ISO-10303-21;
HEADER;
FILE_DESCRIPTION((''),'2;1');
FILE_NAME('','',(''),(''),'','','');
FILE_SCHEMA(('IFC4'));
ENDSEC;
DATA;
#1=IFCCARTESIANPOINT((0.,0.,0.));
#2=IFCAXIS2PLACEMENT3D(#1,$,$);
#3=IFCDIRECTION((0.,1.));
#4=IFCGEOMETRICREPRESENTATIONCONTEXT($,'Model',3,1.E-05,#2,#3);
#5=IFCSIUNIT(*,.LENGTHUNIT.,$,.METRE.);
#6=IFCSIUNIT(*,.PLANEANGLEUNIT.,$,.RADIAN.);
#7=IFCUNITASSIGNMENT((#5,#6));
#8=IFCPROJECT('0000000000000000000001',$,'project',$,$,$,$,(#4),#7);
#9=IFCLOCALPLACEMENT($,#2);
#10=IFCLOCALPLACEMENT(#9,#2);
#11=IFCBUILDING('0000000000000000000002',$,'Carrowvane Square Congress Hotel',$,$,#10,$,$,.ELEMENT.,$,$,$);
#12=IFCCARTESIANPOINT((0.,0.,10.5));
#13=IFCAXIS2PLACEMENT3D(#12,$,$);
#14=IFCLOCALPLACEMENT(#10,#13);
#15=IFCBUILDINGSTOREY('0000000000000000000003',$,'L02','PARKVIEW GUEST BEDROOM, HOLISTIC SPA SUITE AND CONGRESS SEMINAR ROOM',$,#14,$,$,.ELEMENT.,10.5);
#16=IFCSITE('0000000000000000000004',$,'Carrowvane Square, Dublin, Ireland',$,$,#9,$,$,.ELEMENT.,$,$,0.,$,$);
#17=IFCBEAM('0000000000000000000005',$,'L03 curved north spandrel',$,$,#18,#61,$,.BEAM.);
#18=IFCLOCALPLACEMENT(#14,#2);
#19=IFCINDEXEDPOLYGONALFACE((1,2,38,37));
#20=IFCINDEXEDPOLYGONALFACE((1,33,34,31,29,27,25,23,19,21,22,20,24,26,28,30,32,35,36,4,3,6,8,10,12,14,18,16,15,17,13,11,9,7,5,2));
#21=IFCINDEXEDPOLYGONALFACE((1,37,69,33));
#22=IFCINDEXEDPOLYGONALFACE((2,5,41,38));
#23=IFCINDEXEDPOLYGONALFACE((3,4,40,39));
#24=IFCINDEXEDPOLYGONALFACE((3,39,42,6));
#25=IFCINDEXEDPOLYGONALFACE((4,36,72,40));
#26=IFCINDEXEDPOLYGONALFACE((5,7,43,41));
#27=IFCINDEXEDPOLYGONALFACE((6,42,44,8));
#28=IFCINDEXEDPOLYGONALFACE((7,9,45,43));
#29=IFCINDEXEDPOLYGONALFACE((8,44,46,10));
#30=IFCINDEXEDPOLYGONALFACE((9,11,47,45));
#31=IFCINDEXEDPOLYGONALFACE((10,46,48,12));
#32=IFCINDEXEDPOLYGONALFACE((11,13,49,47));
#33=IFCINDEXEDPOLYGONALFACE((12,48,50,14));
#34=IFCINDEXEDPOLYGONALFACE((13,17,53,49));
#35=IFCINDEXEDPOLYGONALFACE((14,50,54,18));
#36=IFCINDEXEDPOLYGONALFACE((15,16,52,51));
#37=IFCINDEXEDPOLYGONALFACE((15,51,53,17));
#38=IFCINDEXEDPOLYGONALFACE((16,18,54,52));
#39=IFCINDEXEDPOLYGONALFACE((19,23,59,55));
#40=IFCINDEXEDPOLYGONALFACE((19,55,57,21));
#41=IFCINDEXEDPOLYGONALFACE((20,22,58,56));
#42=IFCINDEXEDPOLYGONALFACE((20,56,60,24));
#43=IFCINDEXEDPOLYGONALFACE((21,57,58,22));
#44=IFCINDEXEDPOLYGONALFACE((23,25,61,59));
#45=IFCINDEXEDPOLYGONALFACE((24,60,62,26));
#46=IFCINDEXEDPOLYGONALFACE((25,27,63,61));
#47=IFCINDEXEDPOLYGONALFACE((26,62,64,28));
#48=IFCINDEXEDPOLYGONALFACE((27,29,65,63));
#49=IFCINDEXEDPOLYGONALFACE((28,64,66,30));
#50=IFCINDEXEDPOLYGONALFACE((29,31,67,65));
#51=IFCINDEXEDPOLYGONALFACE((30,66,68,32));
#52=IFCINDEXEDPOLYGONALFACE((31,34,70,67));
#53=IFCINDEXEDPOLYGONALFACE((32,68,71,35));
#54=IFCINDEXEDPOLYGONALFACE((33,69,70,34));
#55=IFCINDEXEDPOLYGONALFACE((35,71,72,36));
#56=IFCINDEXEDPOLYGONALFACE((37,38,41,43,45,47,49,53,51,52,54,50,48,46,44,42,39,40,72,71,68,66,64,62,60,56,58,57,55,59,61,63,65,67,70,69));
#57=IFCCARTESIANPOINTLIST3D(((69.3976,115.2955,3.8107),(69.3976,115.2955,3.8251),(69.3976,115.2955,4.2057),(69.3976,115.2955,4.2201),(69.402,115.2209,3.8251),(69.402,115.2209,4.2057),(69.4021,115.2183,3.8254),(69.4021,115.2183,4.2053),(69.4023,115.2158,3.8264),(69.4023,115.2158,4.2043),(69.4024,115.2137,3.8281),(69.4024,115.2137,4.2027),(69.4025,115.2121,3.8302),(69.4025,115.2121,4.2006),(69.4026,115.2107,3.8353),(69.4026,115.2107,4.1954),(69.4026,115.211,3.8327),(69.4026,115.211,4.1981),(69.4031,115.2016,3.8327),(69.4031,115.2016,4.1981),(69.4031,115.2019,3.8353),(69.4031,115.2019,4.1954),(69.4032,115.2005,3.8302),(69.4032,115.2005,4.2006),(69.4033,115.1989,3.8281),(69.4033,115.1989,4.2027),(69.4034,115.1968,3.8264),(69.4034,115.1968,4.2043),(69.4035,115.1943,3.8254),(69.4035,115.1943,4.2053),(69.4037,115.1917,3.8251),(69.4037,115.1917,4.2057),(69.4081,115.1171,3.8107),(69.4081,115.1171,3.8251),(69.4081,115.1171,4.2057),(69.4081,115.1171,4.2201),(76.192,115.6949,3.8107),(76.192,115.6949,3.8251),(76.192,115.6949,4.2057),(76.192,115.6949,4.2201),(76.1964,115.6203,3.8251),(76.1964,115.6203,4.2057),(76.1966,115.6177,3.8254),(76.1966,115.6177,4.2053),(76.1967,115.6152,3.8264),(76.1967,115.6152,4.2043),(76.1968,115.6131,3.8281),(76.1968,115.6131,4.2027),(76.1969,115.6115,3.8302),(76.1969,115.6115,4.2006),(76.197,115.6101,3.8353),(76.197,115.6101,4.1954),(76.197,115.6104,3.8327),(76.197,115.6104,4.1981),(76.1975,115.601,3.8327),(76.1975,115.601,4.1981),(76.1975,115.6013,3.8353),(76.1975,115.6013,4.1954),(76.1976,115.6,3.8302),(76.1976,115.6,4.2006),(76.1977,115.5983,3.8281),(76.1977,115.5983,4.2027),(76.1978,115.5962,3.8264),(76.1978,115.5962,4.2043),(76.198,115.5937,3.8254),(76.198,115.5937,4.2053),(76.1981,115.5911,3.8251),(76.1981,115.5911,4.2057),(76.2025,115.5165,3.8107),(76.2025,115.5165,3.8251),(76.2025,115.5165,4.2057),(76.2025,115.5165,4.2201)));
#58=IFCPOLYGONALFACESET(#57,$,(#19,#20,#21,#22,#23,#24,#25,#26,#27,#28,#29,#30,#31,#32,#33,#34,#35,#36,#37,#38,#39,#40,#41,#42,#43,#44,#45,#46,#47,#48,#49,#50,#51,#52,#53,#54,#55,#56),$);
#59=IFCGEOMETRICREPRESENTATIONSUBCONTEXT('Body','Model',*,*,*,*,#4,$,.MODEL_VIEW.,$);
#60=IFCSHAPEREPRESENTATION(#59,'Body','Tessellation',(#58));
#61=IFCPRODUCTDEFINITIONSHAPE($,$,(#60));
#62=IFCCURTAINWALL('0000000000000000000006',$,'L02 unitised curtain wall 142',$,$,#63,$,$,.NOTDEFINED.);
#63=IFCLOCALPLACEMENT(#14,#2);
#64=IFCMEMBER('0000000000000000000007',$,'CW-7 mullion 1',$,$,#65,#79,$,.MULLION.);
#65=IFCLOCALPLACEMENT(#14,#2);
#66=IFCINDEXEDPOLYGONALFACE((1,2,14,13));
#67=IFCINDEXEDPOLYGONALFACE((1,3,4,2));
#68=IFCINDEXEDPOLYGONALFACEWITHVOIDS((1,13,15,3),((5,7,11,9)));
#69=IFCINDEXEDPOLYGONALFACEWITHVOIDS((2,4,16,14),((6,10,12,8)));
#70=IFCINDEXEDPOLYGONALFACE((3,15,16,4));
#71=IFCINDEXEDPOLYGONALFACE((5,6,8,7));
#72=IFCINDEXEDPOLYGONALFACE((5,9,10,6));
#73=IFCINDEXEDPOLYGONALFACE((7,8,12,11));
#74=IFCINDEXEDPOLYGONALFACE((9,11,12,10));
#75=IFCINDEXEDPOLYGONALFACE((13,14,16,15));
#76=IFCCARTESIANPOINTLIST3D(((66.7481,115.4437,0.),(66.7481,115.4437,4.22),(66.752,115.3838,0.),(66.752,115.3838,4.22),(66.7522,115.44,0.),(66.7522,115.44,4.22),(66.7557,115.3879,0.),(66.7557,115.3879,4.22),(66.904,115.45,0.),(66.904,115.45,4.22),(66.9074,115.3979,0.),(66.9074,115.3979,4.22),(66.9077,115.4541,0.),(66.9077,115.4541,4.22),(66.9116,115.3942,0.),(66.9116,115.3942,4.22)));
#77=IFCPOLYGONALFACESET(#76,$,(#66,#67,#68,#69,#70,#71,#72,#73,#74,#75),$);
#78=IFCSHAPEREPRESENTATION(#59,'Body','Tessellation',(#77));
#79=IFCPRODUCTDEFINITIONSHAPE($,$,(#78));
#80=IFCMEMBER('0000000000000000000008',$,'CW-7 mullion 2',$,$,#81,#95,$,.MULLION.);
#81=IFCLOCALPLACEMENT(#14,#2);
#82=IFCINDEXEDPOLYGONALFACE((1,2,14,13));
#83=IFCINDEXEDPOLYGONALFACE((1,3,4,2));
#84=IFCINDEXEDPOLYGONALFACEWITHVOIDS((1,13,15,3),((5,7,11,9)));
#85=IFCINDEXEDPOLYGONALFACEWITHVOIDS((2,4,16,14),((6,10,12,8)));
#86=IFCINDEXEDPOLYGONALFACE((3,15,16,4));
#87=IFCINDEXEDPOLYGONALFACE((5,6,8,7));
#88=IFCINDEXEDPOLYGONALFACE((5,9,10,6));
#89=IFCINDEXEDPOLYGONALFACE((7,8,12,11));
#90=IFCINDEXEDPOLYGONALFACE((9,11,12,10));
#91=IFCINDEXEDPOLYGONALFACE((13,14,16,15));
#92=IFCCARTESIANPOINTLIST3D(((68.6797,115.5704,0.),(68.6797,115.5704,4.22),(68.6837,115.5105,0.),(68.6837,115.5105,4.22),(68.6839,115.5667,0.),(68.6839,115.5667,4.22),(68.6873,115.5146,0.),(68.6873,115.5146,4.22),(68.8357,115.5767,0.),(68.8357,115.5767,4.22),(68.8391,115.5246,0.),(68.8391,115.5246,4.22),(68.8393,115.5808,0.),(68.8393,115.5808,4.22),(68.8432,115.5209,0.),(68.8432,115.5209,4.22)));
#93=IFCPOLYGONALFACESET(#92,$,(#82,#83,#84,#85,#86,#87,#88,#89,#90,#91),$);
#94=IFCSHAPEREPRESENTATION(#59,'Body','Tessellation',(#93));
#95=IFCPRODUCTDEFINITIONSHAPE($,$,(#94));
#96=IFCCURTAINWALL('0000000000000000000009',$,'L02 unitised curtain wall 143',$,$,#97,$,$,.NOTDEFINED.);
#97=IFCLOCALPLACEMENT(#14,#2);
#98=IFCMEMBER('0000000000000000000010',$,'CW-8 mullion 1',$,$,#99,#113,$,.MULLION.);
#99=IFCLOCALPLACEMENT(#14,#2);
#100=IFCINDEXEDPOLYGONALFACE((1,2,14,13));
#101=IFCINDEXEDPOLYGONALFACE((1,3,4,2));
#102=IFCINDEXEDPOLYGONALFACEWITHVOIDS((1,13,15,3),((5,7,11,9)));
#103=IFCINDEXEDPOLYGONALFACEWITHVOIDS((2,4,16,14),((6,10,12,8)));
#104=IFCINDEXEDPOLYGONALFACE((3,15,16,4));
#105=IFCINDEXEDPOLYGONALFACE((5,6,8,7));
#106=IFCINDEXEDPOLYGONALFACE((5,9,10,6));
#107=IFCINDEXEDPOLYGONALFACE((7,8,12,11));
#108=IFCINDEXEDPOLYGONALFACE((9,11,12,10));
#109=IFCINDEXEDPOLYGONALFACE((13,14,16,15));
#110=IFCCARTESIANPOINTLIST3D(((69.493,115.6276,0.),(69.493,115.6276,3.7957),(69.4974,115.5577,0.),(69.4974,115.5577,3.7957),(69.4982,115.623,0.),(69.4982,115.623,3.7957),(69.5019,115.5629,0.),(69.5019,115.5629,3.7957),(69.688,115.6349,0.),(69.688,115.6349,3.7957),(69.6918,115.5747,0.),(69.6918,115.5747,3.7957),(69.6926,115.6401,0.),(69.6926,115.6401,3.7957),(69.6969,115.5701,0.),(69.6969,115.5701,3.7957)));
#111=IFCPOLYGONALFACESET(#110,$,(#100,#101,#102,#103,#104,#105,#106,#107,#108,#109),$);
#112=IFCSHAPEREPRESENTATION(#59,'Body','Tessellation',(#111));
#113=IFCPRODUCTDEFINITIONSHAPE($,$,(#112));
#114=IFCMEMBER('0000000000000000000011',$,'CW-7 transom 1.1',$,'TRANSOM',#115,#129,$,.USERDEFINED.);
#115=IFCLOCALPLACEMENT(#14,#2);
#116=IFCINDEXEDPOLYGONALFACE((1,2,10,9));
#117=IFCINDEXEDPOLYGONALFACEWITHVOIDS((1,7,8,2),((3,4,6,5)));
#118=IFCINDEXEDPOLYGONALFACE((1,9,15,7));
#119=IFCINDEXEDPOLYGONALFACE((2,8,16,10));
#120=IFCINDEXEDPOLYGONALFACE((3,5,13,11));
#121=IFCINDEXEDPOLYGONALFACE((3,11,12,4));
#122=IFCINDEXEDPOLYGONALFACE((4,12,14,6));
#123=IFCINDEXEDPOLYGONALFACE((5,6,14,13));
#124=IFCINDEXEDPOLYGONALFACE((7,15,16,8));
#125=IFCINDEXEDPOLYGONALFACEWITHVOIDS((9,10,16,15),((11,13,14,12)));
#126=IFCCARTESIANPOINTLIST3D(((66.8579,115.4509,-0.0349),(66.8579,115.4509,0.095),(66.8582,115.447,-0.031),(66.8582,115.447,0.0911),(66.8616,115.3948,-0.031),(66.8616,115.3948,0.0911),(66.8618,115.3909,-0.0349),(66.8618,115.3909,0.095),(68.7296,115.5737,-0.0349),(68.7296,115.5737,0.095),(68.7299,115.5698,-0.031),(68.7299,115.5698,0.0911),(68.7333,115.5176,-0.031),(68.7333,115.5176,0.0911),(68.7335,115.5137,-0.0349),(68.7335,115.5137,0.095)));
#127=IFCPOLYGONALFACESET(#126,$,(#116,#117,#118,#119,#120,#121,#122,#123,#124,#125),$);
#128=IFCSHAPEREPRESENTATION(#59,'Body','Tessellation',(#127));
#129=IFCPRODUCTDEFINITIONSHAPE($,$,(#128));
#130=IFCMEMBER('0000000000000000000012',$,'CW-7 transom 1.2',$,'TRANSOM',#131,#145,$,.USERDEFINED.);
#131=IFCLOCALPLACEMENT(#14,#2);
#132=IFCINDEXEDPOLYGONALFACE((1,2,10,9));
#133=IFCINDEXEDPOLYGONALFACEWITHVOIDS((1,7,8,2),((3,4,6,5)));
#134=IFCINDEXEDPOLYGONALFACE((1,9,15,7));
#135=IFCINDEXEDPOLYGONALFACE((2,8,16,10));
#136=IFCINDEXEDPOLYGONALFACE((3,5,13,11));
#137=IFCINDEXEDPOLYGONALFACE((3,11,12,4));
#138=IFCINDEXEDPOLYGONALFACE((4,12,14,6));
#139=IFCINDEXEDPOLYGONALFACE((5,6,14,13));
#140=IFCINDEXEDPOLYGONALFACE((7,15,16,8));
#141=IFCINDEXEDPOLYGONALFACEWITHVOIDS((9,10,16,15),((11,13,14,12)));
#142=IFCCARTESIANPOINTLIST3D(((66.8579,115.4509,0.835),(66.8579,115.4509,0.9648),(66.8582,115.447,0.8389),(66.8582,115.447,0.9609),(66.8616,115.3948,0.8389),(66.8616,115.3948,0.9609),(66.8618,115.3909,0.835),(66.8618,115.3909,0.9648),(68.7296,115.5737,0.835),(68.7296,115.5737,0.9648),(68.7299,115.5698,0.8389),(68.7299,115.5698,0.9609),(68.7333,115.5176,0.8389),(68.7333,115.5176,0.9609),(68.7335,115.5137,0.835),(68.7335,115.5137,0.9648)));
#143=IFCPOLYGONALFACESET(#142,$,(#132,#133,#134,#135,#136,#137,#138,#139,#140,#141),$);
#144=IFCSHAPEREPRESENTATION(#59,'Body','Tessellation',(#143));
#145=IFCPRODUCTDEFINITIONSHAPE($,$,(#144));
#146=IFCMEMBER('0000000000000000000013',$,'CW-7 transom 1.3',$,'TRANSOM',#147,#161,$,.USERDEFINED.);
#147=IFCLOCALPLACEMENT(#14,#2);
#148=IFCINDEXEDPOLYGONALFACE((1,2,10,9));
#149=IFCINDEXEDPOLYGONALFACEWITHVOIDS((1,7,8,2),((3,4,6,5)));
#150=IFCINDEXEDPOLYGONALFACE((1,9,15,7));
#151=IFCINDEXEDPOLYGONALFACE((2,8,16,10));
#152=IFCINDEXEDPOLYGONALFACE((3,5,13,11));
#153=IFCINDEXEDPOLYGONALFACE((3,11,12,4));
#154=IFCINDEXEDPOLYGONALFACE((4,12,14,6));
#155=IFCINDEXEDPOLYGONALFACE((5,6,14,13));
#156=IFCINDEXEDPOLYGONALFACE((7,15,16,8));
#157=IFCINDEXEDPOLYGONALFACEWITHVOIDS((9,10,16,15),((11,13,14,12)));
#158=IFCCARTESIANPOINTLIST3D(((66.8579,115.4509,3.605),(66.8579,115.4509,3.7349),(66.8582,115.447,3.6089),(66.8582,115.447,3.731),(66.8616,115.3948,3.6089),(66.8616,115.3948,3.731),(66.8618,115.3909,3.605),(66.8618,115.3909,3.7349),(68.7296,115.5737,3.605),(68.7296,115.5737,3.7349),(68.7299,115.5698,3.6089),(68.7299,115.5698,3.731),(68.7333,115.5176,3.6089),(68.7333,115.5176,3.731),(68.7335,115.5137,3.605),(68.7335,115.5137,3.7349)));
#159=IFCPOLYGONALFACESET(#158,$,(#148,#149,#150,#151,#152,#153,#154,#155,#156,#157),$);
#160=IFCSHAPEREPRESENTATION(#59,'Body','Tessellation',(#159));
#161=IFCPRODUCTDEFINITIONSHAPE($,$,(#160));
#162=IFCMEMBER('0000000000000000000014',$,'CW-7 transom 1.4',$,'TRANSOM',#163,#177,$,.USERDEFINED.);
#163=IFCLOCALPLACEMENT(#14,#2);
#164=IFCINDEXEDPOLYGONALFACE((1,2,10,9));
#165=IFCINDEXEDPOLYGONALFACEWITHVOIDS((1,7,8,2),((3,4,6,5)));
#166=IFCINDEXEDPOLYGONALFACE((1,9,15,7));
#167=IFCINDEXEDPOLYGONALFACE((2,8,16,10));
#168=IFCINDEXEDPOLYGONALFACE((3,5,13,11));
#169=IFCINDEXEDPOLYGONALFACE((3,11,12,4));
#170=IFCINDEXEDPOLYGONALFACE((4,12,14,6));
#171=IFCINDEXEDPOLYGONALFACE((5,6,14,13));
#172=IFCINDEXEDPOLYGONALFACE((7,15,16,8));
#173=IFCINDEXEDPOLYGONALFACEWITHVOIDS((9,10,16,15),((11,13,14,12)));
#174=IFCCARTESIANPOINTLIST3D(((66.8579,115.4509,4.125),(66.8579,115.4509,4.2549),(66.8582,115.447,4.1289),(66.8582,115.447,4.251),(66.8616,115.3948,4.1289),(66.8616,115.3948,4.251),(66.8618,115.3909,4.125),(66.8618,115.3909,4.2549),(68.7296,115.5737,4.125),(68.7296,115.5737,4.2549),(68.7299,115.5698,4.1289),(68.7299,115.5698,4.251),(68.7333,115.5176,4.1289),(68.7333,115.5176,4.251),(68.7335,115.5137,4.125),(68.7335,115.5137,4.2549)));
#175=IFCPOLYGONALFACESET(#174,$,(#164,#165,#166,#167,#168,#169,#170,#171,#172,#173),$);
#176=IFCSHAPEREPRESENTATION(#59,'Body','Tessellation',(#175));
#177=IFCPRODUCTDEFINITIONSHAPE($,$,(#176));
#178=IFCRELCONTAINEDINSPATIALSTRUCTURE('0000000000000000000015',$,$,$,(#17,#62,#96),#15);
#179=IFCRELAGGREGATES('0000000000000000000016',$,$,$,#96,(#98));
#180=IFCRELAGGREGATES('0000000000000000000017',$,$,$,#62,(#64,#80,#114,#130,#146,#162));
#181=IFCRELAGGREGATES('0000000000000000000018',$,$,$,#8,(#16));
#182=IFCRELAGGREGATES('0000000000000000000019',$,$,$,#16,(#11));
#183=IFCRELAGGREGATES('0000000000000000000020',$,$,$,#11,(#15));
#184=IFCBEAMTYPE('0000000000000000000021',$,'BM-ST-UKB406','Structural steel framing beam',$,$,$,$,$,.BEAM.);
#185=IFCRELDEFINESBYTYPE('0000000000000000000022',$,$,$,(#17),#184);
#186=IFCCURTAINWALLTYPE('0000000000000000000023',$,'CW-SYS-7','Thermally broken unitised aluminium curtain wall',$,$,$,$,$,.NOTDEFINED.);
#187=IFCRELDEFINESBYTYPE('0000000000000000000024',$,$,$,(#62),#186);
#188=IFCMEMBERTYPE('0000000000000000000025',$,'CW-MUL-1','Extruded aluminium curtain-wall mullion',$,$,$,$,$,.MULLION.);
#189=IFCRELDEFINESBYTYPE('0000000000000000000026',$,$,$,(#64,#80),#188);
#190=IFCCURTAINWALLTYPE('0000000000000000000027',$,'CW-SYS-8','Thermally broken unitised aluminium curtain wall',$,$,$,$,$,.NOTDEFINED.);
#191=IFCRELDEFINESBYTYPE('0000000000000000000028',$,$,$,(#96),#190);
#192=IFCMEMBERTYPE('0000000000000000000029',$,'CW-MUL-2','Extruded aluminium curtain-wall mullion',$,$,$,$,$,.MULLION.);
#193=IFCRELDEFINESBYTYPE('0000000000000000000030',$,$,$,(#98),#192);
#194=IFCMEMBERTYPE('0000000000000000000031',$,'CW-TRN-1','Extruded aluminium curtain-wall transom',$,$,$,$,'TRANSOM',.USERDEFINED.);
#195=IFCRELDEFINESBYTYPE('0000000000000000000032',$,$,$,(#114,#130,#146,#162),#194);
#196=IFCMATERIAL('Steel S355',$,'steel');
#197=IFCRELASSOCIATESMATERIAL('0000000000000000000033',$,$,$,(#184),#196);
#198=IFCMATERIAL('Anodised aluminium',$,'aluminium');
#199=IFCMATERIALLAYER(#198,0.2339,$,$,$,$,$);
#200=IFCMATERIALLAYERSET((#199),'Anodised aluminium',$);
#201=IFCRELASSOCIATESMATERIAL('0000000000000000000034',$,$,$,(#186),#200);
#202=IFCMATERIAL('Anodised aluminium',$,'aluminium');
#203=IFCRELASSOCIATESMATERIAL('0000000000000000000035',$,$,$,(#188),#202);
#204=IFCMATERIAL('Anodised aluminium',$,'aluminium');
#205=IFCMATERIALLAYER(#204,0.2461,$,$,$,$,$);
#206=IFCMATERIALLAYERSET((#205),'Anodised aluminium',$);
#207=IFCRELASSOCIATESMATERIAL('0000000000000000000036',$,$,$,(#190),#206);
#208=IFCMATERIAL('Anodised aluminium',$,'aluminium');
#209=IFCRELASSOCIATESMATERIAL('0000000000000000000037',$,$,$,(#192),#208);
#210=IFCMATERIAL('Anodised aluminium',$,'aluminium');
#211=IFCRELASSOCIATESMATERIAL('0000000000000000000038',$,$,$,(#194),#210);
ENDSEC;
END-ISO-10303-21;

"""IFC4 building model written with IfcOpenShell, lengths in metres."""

from ifc_helpers import new_model, si_unit, direction, frame, origin, origin_2d, place, context, subcontext, project, spatial, hollow_rectangle, i_section, extrude, material, layer, layer_set, material_profile, profile_set, type_object, element, aggregate, save


model = new_model("IFC4")

# Units and contexts
model_context = context("Model", 3, precision=1e-05, world=origin(), true_north=direction((0.0, 1.0)))
body_context = subcontext(model_context, "Body", "Model", "MODEL_VIEW")
ifc_project = project(units=[si_unit("LENGTHUNIT", "METRE"), si_unit("PLANEANGLEUNIT", "RADIAN")], contexts=[model_context])

# Site, building, storey
site_placement = place(None, origin())
site = spatial("IfcSite", under=ifc_project, at=site_placement, Name="Carrowvane Square, Dublin, Ireland", CompositionType="ELEMENT", RefElevation=0.0)
building_placement = place(site_placement, origin())
building = spatial("IfcBuilding", under=site, at=building_placement, Name="Carrowvane Square Congress Hotel", CompositionType="ELEMENT")
storey_placement = place(building_placement, frame((0.0, 0.0, 10.5)))
storey = spatial("IfcBuildingStorey", under=building, at=storey_placement, Name="L02", Description="PARKVIEW GUEST BEDROOM, HOLISTIC SPA SUITE AND CONGRESS SEMINAR ROOM", CompositionType="ELEMENT", Elevation=10.5)

# Beam
ifc_material_1 = material(Name="Steel S355", Category="steel")
ifc_material_profile_1 = material_profile(ifc_material_1, i_section(OverallWidth=0.1787, OverallDepth=0.4094, WebThickness=0.0088, FlangeThickness=0.0144, FilletRadius=0.0103, at=origin_2d()), Name="UKB 406x178x67")
ifc_profile_set_1 = profile_set([ifc_material_profile_1], Name="Steel S355")
beam_type_1 = type_object("IfcBeamType", Name="BM-ST-UKB406", Description="Structural steel framing beam", PredefinedType="BEAM", material=ifc_profile_set_1)
beam_1_placement = place(storey_placement, frame((69.4028, 115.2063, 4.0154), z_axis=(0.998277, 0.058684, 0.0), x_axis=(-0.058684, 0.998277, 0.0)))
element("IfcBeam", 1, at=beam_1_placement, inside=storey, type_object=beam_type_1, Name="L03 curved north spandrel", PredefinedType="BEAM", context=body_context, shape_type="SweptSolid", body=[
    extrude(i_section(OverallWidth=0.1787, OverallDepth=0.4094, WebThickness=0.0088, FlangeThickness=0.0144, FilletRadius=0.0103, at=origin_2d()), origin(), (0.0, 0.0, 1.0), 6.8062),
])

# Curtain wall, members
ifc_material_2 = material(Name="Anodised aluminium", Category="aluminium")
ifc_layer_1 = layer(ifc_material_2, 0.2339)
ifc_layer_set_1 = layer_set([ifc_layer_1], Name="Anodised aluminium")
curtain_wall_type_1 = type_object("IfcCurtainWallType", Name="CW-SYS-7", Description="Thermally broken unitised aluminium curtain wall", PredefinedType="NOTDEFINED", material=ifc_layer_set_1)
curtain_wall_1_placement = place(storey_placement, origin())
curtain_wall_1 = element("IfcCurtainWall", 2, at=curtain_wall_1_placement, inside=storey, type_object=curtain_wall_type_1, Name="L02 unitised curtain wall 142", PredefinedType="NOTDEFINED")
ifc_material_3 = material(Name="Anodised aluminium", Category="aluminium")
ifc_material_profile_2 = material_profile(ifc_material_3, hollow_rectangle(XDim=0.0601, YDim=0.1599, WallThickness=0.0039, at=origin_2d()), Name="CW-ML 60x160x4")
ifc_profile_set_2 = profile_set([ifc_material_profile_2], Name="Anodised aluminium")
member_type_1 = type_object("IfcMemberType", Name="CW-MUL-1", Description="Extruded aluminium curtain-wall mullion", PredefinedType="MULLION", material=ifc_profile_set_2)
member_1_placement = place(storey_placement, frame((66.8298, 115.4189, 0.0), z_axis=(0.0, 0.0, 1.0), x_axis=(-0.065412, 0.997858, 0.0)))
member_1 = element("IfcMember", 3, at=member_1_placement, type_object=member_type_1, Name="CW-7 mullion 1", PredefinedType="MULLION", context=body_context, shape_type="SweptSolid", body=[
    extrude(hollow_rectangle(XDim=0.0601, YDim=0.1599, WallThickness=0.0039, at=origin_2d()), origin(), (0.0, 0.0, 1.0), 4.22),
])
member_2_placement = place(storey_placement, frame((68.7615, 115.5457, 0.0), z_axis=(0.0, 0.0, 1.0), x_axis=(-0.065412, 0.997858, 0.0)))
member_2 = element("IfcMember", 4, at=member_2_placement, type_object=member_type_1, Name="CW-7 mullion 2", PredefinedType="MULLION", context=body_context, shape_type="SweptSolid", body=[
    extrude(hollow_rectangle(XDim=0.0601, YDim=0.1599, WallThickness=0.0039, at=origin_2d()), origin(), (0.0, 0.0, 1.0), 4.22),
])

# Curtain wall, member
ifc_material_4 = material(Name="Anodised aluminium", Category="aluminium")
ifc_layer_2 = layer(ifc_material_4, 0.2461)
ifc_layer_set_2 = layer_set([ifc_layer_2], Name="Anodised aluminium")
curtain_wall_type_2 = type_object("IfcCurtainWallType", Name="CW-SYS-8", Description="Thermally broken unitised aluminium curtain wall", PredefinedType="NOTDEFINED", material=ifc_layer_set_2)
curtain_wall_2_placement = place(storey_placement, origin())
curtain_wall_2 = element("IfcCurtainWall", 5, at=curtain_wall_2_placement, inside=storey, type_object=curtain_wall_type_2, Name="L02 unitised curtain wall 143", PredefinedType="NOTDEFINED")
ifc_material_5 = material(Name="Anodised aluminium", Category="aluminium")
ifc_material_profile_3 = material_profile(ifc_material_5, hollow_rectangle(XDim=0.0701, YDim=0.2, WallThickness=0.0049, at=origin_2d()), Name="CW-ML 70x200x5")
ifc_profile_set_3 = profile_set([ifc_material_profile_3], Name="Anodised aluminium")
member_type_2 = type_object("IfcMemberType", Name="CW-MUL-2", Description="Extruded aluminium curtain-wall mullion", PredefinedType="MULLION", material=ifc_profile_set_3)
member_3_placement = place(storey_placement, frame((69.595, 115.5989, 0.0), z_axis=(0.0, 0.0, 1.0), x_axis=(-0.062397, 0.998051, 0.0)))
member_3 = element("IfcMember", 6, at=member_3_placement, type_object=member_type_2, Name="CW-8 mullion 1", PredefinedType="MULLION", context=body_context, shape_type="SweptSolid", body=[
    extrude(hollow_rectangle(XDim=0.0701, YDim=0.2, WallThickness=0.0049, at=origin_2d()), origin(), (0.0, 0.0, 1.0), 3.7957),
])

# Members
ifc_material_6 = material(Name="Anodised aluminium", Category="aluminium")
ifc_material_profile_4 = material_profile(ifc_material_6, hollow_rectangle(XDim=0.0601, YDim=0.1299, WallThickness=0.0039, at=origin_2d()), Name="CW-TR 60x130x4")
ifc_profile_set_4 = profile_set([ifc_material_profile_4], Name="Anodised aluminium")
member_type_3 = type_object("IfcMemberType", Name="CW-TRN-1", Description="Extruded aluminium curtain-wall transom", ElementType="TRANSOM", PredefinedType="USERDEFINED", material=ifc_profile_set_4)
member_4_placement = place(storey_placement, frame((66.8599, 115.4209, 0.03), z_axis=(0.997855, 0.065465, 0.0), x_axis=(-0.065465, 0.997855, 0.0)))
member_4 = element("IfcMember", 7, at=member_4_placement, type_object=member_type_3, Name="CW-7 transom 1.1", ObjectType="TRANSOM", PredefinedType="USERDEFINED", context=body_context, shape_type="SweptSolid", body=[
    extrude(hollow_rectangle(XDim=0.0601, YDim=0.1299, WallThickness=0.0039, at=origin_2d()), origin(), (0.0, 0.0, 1.0), 1.8757),
])
member_5_placement = place(storey_placement, frame((66.8599, 115.4209, 0.8999), z_axis=(0.997855, 0.065465, 0.0), x_axis=(-0.065465, 0.997855, 0.0)))
member_5 = element("IfcMember", 8, at=member_5_placement, type_object=member_type_3, Name="CW-7 transom 1.2", ObjectType="TRANSOM", PredefinedType="USERDEFINED", context=body_context, shape_type="SweptSolid", body=[
    extrude(hollow_rectangle(XDim=0.0601, YDim=0.1299, WallThickness=0.0039, at=origin_2d()), origin(), (0.0, 0.0, 1.0), 1.8757),
])
member_6_placement = place(storey_placement, frame((66.8599, 115.4209, 3.6699), z_axis=(0.997855, 0.065465, 0.0), x_axis=(-0.065465, 0.997855, 0.0)))
member_6 = element("IfcMember", 9, at=member_6_placement, type_object=member_type_3, Name="CW-7 transom 1.3", ObjectType="TRANSOM", PredefinedType="USERDEFINED", context=body_context, shape_type="SweptSolid", body=[
    extrude(hollow_rectangle(XDim=0.0601, YDim=0.1299, WallThickness=0.0039, at=origin_2d()), origin(), (0.0, 0.0, 1.0), 1.8757),
])
member_7_placement = place(storey_placement, frame((66.8599, 115.4209, 4.1899), z_axis=(0.997855, 0.065465, 0.0), x_axis=(-0.065465, 0.997855, 0.0)))
member_7 = element("IfcMember", 10, at=member_7_placement, type_object=member_type_3, Name="CW-7 transom 1.4", ObjectType="TRANSOM", PredefinedType="USERDEFINED", context=body_context, shape_type="SweptSolid", body=[
    extrude(hollow_rectangle(XDim=0.0601, YDim=0.1299, WallThickness=0.0039, at=origin_2d()), origin(), (0.0, 0.0, 1.0), 1.8757),
])
aggregate(curtain_wall_2, [member_3])

aggregate(curtain_wall_1, [member_1, member_2, member_4, member_5, member_6, member_7])

save(model, "model.ifc")
